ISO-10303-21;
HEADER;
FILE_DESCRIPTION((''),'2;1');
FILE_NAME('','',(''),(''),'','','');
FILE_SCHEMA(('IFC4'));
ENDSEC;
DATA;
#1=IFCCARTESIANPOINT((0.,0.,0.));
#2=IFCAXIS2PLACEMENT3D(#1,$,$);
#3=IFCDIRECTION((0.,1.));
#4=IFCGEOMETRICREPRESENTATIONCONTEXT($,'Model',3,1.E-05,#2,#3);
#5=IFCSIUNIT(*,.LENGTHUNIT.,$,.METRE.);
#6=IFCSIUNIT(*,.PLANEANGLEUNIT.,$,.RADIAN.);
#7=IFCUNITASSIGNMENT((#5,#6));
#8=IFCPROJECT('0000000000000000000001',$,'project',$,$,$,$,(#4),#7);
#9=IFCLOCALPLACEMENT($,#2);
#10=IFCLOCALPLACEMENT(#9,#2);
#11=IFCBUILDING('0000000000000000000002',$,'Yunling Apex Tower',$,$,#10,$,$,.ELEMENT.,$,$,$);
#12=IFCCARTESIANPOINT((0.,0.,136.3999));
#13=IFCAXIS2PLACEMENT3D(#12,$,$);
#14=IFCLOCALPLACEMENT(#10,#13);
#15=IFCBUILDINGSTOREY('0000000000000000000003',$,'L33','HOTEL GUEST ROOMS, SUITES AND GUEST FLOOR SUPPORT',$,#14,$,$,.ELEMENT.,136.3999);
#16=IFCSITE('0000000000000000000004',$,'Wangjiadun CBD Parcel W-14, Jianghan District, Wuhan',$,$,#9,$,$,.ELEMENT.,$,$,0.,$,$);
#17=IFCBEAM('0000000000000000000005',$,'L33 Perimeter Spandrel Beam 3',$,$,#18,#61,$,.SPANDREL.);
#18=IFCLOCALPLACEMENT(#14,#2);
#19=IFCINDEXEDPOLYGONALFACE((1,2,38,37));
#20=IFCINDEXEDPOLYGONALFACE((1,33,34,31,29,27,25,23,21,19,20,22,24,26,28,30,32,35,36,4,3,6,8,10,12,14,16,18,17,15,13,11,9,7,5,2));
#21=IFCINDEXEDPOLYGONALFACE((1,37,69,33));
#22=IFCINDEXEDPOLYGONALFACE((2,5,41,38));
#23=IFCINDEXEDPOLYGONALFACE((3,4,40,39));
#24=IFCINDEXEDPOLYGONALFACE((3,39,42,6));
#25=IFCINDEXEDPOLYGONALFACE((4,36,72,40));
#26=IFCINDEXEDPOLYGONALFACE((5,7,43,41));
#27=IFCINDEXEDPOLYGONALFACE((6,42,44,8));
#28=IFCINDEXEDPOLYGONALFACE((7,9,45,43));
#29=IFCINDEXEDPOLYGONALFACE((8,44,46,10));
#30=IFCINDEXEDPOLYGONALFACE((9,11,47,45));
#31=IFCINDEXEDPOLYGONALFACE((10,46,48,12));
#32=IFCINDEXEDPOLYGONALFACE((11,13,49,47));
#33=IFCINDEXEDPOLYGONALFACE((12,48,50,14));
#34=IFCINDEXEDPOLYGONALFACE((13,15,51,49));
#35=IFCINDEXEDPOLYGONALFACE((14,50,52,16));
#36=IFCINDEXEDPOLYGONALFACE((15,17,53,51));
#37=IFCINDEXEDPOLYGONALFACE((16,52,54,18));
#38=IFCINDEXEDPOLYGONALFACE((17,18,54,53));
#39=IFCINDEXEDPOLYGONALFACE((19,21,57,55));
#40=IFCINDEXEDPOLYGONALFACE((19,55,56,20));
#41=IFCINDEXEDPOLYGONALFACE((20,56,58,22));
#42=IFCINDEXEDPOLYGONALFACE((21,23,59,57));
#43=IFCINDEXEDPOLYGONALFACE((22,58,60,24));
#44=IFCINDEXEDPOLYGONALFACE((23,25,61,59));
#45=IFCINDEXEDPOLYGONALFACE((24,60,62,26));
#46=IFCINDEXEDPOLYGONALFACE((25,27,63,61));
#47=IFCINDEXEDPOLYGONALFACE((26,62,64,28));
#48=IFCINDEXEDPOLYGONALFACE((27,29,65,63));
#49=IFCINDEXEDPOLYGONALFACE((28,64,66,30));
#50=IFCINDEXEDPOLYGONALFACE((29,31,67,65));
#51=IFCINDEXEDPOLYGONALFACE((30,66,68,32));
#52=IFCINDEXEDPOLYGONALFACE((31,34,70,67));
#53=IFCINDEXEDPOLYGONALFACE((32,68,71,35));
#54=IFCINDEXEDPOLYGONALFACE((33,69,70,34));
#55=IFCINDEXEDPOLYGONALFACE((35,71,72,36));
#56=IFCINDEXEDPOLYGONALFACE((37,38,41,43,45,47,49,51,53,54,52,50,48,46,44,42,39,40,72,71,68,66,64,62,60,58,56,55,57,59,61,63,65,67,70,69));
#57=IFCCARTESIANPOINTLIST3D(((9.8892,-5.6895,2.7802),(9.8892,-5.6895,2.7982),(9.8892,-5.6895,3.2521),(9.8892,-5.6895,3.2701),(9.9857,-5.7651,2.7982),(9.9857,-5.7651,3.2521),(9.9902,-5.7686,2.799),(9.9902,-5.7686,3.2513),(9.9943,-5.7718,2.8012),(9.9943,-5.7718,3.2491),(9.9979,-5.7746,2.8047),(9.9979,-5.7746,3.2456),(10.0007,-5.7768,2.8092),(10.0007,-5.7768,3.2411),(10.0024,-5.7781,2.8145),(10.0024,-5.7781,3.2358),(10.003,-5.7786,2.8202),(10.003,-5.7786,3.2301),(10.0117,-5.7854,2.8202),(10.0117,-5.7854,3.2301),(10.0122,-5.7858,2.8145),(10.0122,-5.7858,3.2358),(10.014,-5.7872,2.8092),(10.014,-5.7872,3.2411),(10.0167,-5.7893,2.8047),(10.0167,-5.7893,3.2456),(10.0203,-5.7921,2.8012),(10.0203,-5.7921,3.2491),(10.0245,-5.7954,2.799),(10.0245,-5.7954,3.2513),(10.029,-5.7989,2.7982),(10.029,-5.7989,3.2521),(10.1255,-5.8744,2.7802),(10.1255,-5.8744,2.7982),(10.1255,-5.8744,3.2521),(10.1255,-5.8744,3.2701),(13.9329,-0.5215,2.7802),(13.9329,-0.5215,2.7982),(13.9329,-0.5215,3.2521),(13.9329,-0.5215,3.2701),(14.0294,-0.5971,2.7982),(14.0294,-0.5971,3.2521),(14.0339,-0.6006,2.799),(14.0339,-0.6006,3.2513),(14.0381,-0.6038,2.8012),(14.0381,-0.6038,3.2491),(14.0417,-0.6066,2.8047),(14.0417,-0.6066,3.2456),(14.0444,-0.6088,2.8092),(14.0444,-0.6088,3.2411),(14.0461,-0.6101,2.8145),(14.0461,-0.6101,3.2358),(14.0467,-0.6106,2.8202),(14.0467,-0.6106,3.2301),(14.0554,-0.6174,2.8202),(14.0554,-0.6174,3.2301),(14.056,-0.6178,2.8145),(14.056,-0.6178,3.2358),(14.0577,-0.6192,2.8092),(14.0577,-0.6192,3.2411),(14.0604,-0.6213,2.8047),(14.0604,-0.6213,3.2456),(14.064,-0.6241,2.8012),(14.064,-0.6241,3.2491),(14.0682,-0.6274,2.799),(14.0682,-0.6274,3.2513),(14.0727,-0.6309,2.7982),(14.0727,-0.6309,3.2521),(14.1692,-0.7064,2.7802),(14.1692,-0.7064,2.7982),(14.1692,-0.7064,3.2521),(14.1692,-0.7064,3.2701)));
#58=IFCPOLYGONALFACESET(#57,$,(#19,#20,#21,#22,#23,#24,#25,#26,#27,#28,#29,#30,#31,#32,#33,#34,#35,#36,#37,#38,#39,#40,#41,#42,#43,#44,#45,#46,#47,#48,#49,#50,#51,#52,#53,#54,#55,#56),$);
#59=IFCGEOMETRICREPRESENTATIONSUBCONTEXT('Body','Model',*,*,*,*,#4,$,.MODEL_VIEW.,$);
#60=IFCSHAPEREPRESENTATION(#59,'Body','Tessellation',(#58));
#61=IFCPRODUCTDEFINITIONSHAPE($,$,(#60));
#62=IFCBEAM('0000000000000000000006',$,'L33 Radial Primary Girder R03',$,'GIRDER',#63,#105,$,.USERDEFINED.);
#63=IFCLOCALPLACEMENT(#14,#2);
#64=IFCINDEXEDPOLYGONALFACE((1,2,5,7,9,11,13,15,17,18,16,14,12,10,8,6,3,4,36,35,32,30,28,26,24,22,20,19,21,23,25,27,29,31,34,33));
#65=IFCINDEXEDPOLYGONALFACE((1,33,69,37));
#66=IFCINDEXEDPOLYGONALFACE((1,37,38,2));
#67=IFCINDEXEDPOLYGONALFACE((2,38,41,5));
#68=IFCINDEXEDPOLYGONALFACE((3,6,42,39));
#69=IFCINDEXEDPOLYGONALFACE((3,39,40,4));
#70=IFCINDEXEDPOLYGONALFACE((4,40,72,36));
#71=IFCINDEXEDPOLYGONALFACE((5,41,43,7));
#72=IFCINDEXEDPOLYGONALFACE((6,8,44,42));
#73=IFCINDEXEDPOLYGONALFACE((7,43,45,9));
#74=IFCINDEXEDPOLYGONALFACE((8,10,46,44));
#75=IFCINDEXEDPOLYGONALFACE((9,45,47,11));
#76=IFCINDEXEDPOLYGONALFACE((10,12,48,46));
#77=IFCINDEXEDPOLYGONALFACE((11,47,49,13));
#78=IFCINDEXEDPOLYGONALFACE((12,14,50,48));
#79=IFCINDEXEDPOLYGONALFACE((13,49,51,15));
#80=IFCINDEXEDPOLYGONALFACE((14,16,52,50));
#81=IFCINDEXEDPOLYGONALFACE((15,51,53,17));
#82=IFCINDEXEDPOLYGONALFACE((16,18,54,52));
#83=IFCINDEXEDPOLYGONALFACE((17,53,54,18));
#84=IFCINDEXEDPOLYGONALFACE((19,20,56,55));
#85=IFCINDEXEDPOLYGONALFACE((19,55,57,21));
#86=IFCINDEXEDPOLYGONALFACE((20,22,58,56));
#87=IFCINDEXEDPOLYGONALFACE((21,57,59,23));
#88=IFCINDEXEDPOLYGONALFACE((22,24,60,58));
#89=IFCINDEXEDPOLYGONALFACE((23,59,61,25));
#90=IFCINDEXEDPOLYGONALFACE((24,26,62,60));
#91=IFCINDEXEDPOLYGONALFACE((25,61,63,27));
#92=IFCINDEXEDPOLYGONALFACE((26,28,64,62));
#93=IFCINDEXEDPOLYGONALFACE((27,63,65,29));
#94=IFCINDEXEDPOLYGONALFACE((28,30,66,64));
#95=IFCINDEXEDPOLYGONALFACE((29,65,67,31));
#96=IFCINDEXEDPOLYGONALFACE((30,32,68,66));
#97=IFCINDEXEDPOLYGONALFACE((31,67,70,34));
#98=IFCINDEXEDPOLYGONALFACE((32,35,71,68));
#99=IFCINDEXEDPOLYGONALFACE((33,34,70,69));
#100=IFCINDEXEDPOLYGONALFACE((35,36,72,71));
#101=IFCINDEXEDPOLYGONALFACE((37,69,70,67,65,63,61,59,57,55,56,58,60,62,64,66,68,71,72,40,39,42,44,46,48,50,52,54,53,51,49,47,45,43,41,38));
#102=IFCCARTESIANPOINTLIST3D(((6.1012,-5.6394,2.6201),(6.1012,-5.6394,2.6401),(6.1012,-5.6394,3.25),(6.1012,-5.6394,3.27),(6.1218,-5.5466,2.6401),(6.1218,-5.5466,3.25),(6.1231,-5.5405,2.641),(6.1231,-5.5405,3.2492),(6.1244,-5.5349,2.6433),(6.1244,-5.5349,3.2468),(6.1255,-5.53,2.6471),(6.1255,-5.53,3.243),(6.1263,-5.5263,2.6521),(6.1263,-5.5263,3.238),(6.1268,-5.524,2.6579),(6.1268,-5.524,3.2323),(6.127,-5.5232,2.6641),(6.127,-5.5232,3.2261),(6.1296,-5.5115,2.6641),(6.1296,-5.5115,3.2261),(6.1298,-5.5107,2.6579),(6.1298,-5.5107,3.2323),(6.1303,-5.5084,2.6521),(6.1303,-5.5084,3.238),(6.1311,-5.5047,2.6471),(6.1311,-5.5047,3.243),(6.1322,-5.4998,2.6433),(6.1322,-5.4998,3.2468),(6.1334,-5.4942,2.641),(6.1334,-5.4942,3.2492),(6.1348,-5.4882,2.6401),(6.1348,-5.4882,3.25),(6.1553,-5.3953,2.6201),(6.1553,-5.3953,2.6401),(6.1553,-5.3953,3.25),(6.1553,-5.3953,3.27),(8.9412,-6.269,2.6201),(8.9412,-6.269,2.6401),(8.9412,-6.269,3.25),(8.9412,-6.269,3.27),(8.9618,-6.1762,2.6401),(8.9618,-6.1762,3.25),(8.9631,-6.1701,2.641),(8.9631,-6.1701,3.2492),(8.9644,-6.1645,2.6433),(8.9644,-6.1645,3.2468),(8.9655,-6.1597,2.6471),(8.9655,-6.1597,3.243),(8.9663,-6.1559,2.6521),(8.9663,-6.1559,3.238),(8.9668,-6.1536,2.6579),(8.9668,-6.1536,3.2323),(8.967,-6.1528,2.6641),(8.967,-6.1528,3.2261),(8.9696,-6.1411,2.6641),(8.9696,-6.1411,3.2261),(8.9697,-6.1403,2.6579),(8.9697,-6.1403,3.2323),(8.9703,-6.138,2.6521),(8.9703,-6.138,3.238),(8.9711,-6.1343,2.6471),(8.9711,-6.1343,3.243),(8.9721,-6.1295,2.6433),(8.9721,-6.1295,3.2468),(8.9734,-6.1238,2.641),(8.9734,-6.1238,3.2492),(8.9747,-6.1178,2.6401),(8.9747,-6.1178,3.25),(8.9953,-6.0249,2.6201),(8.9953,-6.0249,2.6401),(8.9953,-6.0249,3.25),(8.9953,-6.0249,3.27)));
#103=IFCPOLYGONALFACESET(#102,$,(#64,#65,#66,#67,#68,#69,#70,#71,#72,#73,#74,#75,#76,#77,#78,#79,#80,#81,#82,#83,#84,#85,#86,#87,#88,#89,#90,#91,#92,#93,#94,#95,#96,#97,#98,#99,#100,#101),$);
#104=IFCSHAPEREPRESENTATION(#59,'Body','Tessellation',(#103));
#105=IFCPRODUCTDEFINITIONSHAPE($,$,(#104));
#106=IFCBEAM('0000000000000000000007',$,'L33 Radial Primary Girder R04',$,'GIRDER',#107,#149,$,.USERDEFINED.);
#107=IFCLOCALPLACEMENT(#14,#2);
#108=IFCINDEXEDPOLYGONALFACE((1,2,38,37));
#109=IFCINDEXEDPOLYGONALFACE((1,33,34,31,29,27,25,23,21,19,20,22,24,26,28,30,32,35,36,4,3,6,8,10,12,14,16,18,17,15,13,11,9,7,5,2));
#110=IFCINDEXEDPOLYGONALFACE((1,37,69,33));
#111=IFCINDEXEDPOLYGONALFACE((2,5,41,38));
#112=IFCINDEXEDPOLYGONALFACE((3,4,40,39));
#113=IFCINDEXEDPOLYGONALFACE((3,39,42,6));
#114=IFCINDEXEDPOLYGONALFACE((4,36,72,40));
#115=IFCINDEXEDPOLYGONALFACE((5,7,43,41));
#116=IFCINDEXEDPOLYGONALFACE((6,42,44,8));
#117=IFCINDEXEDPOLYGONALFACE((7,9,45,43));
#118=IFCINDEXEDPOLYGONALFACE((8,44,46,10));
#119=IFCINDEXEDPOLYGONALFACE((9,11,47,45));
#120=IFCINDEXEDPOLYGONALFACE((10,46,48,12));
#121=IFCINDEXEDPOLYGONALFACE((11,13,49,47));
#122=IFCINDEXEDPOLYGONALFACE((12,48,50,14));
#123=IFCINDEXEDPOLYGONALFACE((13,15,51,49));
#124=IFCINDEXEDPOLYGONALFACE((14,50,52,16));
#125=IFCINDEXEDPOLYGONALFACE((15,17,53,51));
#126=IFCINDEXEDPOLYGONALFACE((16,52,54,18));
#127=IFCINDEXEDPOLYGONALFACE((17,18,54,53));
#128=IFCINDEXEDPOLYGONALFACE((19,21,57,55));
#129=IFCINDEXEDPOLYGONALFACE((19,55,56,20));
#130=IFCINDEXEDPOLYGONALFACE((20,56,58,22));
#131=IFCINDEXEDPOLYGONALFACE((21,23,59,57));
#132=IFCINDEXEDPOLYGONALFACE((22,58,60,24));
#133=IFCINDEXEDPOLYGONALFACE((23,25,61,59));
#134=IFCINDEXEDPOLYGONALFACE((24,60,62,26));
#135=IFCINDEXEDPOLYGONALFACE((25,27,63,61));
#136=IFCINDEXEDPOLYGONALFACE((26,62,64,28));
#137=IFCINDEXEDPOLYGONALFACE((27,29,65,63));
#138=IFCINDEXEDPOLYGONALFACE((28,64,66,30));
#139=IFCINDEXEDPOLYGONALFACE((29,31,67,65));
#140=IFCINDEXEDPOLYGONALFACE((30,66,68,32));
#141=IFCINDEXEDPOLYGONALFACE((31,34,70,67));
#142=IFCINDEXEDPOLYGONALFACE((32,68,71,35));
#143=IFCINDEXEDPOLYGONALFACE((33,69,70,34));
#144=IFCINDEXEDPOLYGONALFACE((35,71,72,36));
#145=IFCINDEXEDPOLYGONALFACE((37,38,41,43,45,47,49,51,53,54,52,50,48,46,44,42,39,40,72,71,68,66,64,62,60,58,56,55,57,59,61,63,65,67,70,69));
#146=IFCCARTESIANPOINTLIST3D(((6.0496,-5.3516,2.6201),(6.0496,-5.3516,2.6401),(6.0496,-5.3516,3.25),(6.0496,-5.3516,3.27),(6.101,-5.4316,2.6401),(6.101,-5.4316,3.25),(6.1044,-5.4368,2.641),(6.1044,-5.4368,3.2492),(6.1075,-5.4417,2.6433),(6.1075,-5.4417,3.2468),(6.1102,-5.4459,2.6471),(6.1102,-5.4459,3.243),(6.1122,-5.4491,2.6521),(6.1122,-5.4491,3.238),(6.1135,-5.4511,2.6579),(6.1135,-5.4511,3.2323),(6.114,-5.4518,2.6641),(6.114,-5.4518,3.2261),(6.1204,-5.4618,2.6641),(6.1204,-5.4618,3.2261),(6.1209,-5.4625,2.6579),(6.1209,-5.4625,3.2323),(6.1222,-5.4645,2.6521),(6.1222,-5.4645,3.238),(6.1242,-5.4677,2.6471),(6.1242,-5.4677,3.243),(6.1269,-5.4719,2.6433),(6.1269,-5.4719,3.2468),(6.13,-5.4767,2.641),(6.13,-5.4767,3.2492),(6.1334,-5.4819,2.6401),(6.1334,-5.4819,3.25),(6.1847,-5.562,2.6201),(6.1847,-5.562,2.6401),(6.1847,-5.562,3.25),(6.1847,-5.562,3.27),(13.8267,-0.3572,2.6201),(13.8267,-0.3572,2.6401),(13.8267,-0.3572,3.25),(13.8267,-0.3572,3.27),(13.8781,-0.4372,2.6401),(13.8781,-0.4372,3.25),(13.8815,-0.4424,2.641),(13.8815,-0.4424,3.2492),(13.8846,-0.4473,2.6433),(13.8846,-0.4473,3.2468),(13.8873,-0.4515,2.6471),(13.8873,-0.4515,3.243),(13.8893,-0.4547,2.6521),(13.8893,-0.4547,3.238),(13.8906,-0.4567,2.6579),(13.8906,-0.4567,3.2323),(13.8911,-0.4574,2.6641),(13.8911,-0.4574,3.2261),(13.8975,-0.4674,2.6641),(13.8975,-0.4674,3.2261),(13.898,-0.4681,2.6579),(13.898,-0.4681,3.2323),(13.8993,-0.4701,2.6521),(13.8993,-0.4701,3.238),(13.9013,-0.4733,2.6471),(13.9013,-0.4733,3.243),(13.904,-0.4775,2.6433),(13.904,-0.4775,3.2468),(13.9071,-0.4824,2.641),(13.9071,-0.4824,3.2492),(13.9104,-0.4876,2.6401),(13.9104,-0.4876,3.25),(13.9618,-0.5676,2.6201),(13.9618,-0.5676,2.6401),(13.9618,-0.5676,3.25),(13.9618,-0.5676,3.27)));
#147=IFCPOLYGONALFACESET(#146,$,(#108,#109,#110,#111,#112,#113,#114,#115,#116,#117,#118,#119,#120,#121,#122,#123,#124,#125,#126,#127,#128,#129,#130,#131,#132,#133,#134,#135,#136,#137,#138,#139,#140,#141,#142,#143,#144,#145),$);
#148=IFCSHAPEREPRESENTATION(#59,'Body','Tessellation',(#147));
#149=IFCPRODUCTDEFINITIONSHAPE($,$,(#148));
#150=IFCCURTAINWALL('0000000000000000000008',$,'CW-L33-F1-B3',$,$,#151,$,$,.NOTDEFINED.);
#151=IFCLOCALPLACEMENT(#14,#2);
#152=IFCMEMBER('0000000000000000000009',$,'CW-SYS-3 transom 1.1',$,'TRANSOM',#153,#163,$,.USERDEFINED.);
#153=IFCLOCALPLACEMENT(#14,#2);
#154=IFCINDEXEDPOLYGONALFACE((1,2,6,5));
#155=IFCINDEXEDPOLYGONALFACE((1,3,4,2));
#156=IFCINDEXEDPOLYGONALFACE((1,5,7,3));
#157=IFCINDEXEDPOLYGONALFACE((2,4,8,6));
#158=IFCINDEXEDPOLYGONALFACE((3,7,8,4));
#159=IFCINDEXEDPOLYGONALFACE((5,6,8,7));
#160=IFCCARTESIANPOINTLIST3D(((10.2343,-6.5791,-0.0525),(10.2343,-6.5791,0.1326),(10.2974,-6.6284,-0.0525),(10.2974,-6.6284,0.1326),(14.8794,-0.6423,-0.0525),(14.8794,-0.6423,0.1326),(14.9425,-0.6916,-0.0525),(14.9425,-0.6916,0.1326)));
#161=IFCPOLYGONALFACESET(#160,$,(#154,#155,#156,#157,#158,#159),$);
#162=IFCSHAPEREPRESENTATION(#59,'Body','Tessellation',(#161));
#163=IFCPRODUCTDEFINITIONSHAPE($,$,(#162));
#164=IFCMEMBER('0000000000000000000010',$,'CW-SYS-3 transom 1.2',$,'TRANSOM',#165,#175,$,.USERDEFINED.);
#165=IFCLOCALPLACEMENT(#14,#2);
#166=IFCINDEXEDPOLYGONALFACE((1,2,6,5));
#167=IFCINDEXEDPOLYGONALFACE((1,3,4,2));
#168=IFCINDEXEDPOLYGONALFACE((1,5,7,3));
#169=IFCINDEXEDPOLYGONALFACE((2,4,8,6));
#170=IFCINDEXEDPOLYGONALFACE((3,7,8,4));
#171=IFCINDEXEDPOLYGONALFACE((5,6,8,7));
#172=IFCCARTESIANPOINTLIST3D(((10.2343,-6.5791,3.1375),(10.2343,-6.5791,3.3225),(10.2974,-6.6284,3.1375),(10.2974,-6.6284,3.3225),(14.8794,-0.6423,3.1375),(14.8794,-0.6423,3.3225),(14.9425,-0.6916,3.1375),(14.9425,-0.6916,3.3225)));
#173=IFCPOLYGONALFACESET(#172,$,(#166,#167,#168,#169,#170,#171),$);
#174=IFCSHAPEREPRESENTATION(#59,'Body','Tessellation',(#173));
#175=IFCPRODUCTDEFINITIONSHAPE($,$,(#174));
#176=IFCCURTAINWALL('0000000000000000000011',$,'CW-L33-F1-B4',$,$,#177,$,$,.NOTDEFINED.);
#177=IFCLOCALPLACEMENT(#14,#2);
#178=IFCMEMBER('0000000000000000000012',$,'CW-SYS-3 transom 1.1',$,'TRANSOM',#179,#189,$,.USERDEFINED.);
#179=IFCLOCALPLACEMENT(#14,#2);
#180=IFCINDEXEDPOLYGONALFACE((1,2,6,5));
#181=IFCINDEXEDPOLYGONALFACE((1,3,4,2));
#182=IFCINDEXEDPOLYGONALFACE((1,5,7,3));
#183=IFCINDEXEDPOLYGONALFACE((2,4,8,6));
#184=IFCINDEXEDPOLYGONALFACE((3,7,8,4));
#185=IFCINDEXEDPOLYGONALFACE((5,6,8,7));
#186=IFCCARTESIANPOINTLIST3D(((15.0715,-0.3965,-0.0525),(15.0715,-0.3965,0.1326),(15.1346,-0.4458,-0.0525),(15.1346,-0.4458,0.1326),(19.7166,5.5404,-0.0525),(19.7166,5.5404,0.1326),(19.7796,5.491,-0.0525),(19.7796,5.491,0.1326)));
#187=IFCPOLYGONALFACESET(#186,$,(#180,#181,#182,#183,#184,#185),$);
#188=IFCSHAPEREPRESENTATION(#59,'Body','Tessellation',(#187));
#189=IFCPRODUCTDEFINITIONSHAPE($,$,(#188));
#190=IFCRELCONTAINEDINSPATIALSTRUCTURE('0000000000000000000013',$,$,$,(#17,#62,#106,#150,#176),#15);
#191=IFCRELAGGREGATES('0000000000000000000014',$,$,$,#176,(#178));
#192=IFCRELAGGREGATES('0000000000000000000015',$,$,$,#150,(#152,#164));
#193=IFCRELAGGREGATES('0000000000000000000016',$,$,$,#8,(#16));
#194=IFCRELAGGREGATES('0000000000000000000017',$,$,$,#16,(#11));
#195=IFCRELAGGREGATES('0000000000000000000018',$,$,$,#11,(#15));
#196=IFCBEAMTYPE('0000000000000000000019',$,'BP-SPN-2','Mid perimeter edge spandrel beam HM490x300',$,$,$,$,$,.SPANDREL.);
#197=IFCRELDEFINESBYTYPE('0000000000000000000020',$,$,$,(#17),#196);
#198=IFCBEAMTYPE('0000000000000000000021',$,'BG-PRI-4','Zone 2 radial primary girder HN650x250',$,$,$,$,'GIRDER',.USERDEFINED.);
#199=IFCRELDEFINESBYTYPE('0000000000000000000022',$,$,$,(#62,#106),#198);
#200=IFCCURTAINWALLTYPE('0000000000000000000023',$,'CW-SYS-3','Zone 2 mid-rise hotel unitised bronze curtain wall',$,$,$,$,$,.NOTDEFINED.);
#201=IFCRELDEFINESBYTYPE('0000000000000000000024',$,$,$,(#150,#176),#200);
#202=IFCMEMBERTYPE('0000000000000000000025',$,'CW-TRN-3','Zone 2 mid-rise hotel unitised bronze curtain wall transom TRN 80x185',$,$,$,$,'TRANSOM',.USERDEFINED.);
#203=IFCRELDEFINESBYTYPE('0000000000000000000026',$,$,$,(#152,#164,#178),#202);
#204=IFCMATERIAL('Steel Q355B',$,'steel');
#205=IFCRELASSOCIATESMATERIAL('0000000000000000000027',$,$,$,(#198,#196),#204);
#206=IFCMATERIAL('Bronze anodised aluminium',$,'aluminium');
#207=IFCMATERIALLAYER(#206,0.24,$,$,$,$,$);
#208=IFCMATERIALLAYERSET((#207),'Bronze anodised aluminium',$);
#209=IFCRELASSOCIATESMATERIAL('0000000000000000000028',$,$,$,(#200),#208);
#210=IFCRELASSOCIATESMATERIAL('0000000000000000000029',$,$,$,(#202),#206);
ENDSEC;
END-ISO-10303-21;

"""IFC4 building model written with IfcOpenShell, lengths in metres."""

from ifc_helpers import new_model, si_unit, direction, frame, origin, origin_2d, place, context, subcontext, project, spatial, rectangle, i_section, extrude, source, transform, mapped, material, layer, layer_set, material_profile, profile_set, type_object, element, aggregate, save


model = new_model("IFC4")

# Units and contexts
model_context = context("Model", 3, precision=1e-05, world=origin(), true_north=direction((0.0, 1.0)))
body_context = subcontext(model_context, "Body", "Model", "MODEL_VIEW")
ifc_project = project(units=[si_unit("LENGTHUNIT", "METRE"), si_unit("PLANEANGLEUNIT", "RADIAN")], contexts=[model_context])

# Site, building, storey
site_placement = place(None, origin())
site = spatial("IfcSite", under=ifc_project, at=site_placement, Name="Wangjiadun CBD Parcel W-14, Jianghan District, Wuhan", CompositionType="ELEMENT", RefElevation=0.0)
building_placement = place(site_placement, origin())
building = spatial("IfcBuilding", under=site, at=building_placement, Name="Yunling Apex Tower", CompositionType="ELEMENT")
storey_placement = place(building_placement, frame((0.0, 0.0, 136.3999)))
storey = spatial("IfcBuildingStorey", under=building, at=storey_placement, Name="L33", Description="HOTEL GUEST ROOMS, SUITES AND GUEST FLOOR SUPPORT", CompositionType="ELEMENT", Elevation=136.3999)

# Beams
ifc_material_1 = material(Name="Steel Q355B", Category="steel")
ifc_material_profile_1 = material_profile(ifc_material_1, i_section(OverallWidth=0.25, OverallDepth=0.6499, WebThickness=0.012, FlangeThickness=0.02, FilletRadius=0.0239, at=origin_2d()))
ifc_profile_set_1 = profile_set([ifc_material_profile_1], Name="Steel Q355B")
beam_type_1 = type_object("IfcBeamType", Name="BG-PRI-4", Description="Zone 2 radial primary girder HN650x250", ElementType="GIRDER", PredefinedType="USERDEFINED", material=ifc_profile_set_1)
ifc_material_profile_2 = material_profile(ifc_material_1, i_section(OverallWidth=0.3, OverallDepth=0.49, WebThickness=0.011, FlangeThickness=0.0181, FilletRadius=0.022, at=origin_2d()))
ifc_profile_set_2 = profile_set([ifc_material_profile_2], Name="Steel Q355B")
beam_type_2 = type_object("IfcBeamType", Name="BP-SPN-2", Description="Mid perimeter edge spandrel beam HM490x300", PredefinedType="SPANDREL", material=ifc_profile_set_2)
shared_shape_1 = source(origin(), body_context, "Body", "SweptSolid", [
    extrude(i_section(OverallWidth=0.3, OverallDepth=0.49, WebThickness=0.011, FlangeThickness=0.0181, FilletRadius=0.022, at=origin_2d()), origin(), (0.0, 0.0, 1.0), 6.562),
])
beam_1_placement = place(storey_placement, frame((10.0073, -5.782, 3.0251), z_axis=(0.616233, 0.787564, 0.0), x_axis=(-0.787564, 0.616233, 0.0)))
element("IfcBeam", 1, at=beam_1_placement, inside=storey, type_object=beam_type_2, Name="L33 Perimeter Spandrel Beam 3", PredefinedType="SPANDREL", context=body_context, shape_type="MappedRepresentation", body=[
    mapped(shared_shape_1, transform((0.0, 0.0, 0.0), scale=1.0)),
])
shared_shape_2 = source(origin(), body_context, "Body", "SweptSolid", [
    extrude(i_section(OverallWidth=0.25, OverallDepth=0.6499, WebThickness=0.012, FlangeThickness=0.02, FilletRadius=0.0239, at=origin_2d()), origin(), (0.0, 0.0, 1.0), 2.9089),
])
beam_2_placement = place(storey_placement, frame((8.9683, -6.147, 2.9451), z_axis=(-0.976296, 0.216442, 0.0), x_axis=(-0.216442, -0.976296, 0.0)))
element("IfcBeam", 2, at=beam_2_placement, inside=storey, type_object=beam_type_1, Name="L33 Radial Primary Girder R03", ObjectType="GIRDER", PredefinedType="USERDEFINED", context=body_context, shape_type="MappedRepresentation", body=[
    mapped(shared_shape_2, transform((0.0, 0.0, 0.0), scale=1.0)),
])
shared_shape_3 = source(origin(), body_context, "Body", "SweptSolid", [
    extrude(i_section(OverallWidth=0.25, OverallDepth=0.6499, WebThickness=0.012, FlangeThickness=0.02, FilletRadius=0.0239, at=origin_2d()), origin(), (0.0, 0.0, 1.0), 9.2427),
])
beam_3_placement = place(storey_placement, frame((13.8943, -0.4624, 2.9451), z_axis=(-0.841433, -0.540361, 0.0), x_axis=(0.540361, -0.841433, 0.0)))
element("IfcBeam", 3, at=beam_3_placement, inside=storey, type_object=beam_type_1, Name="L33 Radial Primary Girder R04", ObjectType="GIRDER", PredefinedType="USERDEFINED", context=body_context, shape_type="MappedRepresentation", body=[
    mapped(shared_shape_3, transform((0.0, 0.0, 0.0), scale=1.0)),
])

# Curtain wall, members
ifc_material_2 = material(Name="Bronze anodised aluminium", Category="aluminium")
ifc_layer_1 = layer(ifc_material_2, 0.24)
ifc_layer_set_1 = layer_set([ifc_layer_1], Name="Bronze anodised aluminium")
curtain_wall_type = type_object("IfcCurtainWallType", Name="CW-SYS-3", Description="Zone 2 mid-rise hotel unitised bronze curtain wall", PredefinedType="NOTDEFINED", material=ifc_layer_set_1)
curtain_wall_1_placement = place(storey_placement, origin())
curtain_wall_1 = element("IfcCurtainWall", 4, at=curtain_wall_1_placement, inside=storey, type_object=curtain_wall_type, Name="CW-L33-F1-B3", PredefinedType="NOTDEFINED")
ifc_material_profile_3 = material_profile(ifc_material_2, rectangle(XDim=0.0801, YDim=0.1851, at=origin_2d()))
ifc_profile_set_3 = profile_set([ifc_material_profile_3], Name="Bronze anodised aluminium")
member_type_1 = type_object("IfcMemberType", Name="CW-TRN-3", Description="Zone 2 mid-rise hotel unitised bronze curtain wall transom TRN 80x185", ElementType="TRANSOM", PredefinedType="USERDEFINED", material=ifc_profile_set_3)
shared_shape_4 = source(origin(), body_context, "Body", "SweptSolid", [
    extrude(rectangle(XDim=0.0801, YDim=0.1851, at=origin_2d()), origin(), (0.0, 0.0, 1.0), 7.5381),
])
member_1_placement = place(storey_placement, frame((10.2659, -6.6038, 0.04), z_axis=(0.616214, 0.787579, 0.0), x_axis=(-0.787579, 0.616214, 0.0)))
member_1 = element("IfcMember", 5, at=member_1_placement, type_object=member_type_1, Name="CW-SYS-3 transom 1.1", ObjectType="TRANSOM", PredefinedType="USERDEFINED", context=body_context, shape_type="MappedRepresentation", body=[
    mapped(shared_shape_4, transform((0.0, 0.0, 0.0), scale=1.0)),
])
member_2_placement = place(storey_placement, frame((10.2659, -6.6038, 3.23), z_axis=(0.616214, 0.787579, 0.0), x_axis=(-0.787579, 0.616214, 0.0)))
member_2 = element("IfcMember", 6, at=member_2_placement, type_object=member_type_1, Name="CW-SYS-3 transom 1.2", ObjectType="TRANSOM", PredefinedType="USERDEFINED", context=body_context, shape_type="MappedRepresentation", body=[
    mapped(shared_shape_4, transform((0.0, 0.0, 0.0), scale=1.0)),
])

# Curtain wall, member
curtain_wall_2_placement = place(storey_placement, origin())
curtain_wall_2 = element("IfcCurtainWall", 7, at=curtain_wall_2_placement, inside=storey, type_object=curtain_wall_type, Name="CW-L33-F1-B4", PredefinedType="NOTDEFINED")
member_3_placement = place(storey_placement, frame((15.103, -0.4211, 0.04), z_axis=(0.616214, 0.787579, 0.0), x_axis=(-0.787579, 0.616214, 0.0)))
member_3 = element("IfcMember", 8, at=member_3_placement, type_object=member_type_1, Name="CW-SYS-3 transom 1.1", ObjectType="TRANSOM", PredefinedType="USERDEFINED", context=body_context, shape_type="MappedRepresentation", body=[
    mapped(shared_shape_4, transform((0.0, 0.0, 0.0), scale=1.0)),
])

aggregate(curtain_wall_2, [member_3])

aggregate(curtain_wall_1, [member_1, member_2])

save(model, "model.ifc")
